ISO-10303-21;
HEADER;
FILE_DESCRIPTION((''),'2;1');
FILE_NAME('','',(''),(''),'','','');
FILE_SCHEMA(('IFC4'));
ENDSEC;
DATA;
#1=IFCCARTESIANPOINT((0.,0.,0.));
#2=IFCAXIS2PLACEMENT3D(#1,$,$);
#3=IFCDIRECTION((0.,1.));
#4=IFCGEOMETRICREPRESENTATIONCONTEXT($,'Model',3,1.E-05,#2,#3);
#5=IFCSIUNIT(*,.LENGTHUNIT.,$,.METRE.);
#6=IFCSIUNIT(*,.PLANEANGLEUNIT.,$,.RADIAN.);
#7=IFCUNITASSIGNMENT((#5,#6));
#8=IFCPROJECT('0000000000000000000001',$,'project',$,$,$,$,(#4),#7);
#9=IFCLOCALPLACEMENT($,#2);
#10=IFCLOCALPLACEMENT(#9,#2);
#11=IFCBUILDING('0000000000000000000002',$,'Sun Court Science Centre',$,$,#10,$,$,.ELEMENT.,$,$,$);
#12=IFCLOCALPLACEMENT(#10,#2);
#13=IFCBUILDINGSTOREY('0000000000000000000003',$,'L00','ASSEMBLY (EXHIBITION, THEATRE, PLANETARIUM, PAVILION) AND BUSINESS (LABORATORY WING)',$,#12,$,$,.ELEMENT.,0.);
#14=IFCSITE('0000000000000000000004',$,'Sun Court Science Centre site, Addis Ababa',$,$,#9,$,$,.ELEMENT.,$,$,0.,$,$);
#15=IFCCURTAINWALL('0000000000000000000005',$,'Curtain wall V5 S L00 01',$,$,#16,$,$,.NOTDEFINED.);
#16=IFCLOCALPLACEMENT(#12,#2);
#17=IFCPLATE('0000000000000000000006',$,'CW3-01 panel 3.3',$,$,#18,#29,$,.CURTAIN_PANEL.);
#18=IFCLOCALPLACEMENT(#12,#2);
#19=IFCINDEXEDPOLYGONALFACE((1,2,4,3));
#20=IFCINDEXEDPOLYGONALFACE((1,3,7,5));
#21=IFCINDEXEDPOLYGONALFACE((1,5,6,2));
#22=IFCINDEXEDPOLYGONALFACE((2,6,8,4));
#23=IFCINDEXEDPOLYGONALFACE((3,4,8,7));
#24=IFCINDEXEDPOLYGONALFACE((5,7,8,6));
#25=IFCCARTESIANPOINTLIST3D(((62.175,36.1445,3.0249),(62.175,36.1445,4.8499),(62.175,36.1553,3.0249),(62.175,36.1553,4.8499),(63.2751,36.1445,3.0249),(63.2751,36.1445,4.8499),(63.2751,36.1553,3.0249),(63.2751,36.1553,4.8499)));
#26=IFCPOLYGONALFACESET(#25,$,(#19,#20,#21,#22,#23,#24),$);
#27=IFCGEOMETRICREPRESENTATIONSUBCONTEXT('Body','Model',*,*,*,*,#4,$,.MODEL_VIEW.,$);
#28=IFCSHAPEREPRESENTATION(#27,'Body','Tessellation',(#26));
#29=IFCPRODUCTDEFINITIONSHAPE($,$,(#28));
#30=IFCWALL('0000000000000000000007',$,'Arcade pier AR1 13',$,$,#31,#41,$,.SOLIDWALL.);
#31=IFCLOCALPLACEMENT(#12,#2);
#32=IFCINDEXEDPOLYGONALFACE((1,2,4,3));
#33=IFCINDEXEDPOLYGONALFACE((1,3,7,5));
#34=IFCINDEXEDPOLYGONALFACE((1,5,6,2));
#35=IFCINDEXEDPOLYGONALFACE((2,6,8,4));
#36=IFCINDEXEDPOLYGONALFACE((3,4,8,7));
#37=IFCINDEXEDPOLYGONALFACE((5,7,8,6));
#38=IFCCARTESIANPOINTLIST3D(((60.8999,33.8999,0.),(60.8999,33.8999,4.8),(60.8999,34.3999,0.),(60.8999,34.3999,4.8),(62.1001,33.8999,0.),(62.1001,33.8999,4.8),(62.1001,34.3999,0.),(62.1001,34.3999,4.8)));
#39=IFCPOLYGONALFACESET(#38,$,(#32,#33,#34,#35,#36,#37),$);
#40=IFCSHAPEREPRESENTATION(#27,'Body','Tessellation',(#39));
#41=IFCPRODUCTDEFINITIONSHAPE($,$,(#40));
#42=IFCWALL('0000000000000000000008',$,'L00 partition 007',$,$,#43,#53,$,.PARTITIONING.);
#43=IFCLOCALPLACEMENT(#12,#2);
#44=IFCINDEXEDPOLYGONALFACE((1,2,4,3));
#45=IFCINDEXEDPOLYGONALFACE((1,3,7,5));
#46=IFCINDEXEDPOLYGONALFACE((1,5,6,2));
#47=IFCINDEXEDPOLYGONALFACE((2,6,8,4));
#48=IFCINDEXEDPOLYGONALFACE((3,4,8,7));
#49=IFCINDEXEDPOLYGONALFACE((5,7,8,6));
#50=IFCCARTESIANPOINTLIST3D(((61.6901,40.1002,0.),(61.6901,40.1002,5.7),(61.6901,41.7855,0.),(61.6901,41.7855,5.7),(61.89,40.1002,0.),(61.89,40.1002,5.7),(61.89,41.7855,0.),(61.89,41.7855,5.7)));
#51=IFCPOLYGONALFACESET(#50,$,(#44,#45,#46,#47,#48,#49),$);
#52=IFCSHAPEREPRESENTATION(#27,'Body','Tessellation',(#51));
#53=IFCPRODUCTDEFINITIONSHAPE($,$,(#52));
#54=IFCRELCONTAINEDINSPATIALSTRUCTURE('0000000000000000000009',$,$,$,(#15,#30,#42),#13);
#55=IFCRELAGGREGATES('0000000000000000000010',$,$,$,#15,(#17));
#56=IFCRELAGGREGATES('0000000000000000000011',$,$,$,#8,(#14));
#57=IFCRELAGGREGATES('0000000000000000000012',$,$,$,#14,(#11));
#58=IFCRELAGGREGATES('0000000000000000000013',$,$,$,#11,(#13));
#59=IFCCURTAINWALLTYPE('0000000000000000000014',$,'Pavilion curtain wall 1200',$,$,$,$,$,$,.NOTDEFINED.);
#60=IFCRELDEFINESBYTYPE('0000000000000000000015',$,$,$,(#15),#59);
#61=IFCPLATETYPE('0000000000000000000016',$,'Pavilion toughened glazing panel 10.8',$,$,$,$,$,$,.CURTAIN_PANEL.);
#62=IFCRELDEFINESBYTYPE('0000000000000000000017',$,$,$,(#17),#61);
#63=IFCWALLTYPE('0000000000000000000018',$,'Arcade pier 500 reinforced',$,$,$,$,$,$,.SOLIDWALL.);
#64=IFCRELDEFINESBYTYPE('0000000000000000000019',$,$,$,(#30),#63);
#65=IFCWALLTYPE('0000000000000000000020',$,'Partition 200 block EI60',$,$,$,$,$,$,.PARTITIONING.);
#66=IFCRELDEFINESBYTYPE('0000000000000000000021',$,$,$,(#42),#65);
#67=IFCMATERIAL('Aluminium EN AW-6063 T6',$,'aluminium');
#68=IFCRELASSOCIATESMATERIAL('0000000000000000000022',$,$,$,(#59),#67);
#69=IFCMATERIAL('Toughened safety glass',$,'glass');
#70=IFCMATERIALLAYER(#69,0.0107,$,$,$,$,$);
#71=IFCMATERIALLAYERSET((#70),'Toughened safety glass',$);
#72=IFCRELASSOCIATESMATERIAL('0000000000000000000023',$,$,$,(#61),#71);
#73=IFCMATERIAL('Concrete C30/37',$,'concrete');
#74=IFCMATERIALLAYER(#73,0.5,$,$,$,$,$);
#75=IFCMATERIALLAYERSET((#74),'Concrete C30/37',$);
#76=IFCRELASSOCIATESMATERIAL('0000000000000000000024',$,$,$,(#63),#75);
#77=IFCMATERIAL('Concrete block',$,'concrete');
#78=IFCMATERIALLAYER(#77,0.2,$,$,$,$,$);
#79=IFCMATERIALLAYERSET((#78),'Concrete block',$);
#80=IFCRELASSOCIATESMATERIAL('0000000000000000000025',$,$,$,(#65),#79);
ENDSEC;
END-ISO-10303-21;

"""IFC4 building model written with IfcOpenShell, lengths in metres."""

from ifc_helpers import new_model, si_unit, direction, frame, frame_2d, origin, origin_2d, place, context, subcontext, project, spatial, rectangle, extrude, material, layer, layer_set, type_object, element, aggregate, save


model = new_model("IFC4")

# Units and contexts
model_context = context("Model", 3, precision=1e-05, world=origin(), true_north=direction((0.0, 1.0)))
body_context = subcontext(model_context, "Body", "Model", "MODEL_VIEW")
ifc_project = project(units=[si_unit("LENGTHUNIT", "METRE"), si_unit("PLANEANGLEUNIT", "RADIAN")], contexts=[model_context])

# Site, building, storey
site_placement = place(None, origin())
site = spatial("IfcSite", under=ifc_project, at=site_placement, Name="Sun Court Science Centre site, Addis Ababa", CompositionType="ELEMENT", RefElevation=0.0)
building_placement = place(site_placement, origin())
building = spatial("IfcBuilding", under=site, at=building_placement, Name="Sun Court Science Centre", CompositionType="ELEMENT")
storey_placement = place(building_placement, origin())
storey = spatial("IfcBuildingStorey", under=building, at=storey_placement, Name="L00", Description="ASSEMBLY (EXHIBITION, THEATRE, PLANETARIUM, PAVILION) AND BUSINESS (LABORATORY WING)", CompositionType="ELEMENT", Elevation=0.0)

# Curtain wall, plate
ifc_material_1 = material(Name="Aluminium EN AW-6063 T6", Category="aluminium")
curtain_wall_type = type_object("IfcCurtainWallType", Name="Pavilion curtain wall 1200", PredefinedType="NOTDEFINED", material=ifc_material_1)
curtain_wall_placement = place(storey_placement, origin())
curtain_wall = element("IfcCurtainWall", 1, at=curtain_wall_placement, inside=storey, type_object=curtain_wall_type, Name="Curtain wall V5 S L00 01", PredefinedType="NOTDEFINED")
ifc_material_2 = material(Name="Toughened safety glass", Category="glass")
ifc_layer_1 = layer(ifc_material_2, 0.0107)
ifc_layer_set_1 = layer_set([ifc_layer_1], Name="Toughened safety glass")
plate_type = type_object("IfcPlateType", Name="Pavilion toughened glazing panel 10.8", PredefinedType="CURTAIN_PANEL", material=ifc_layer_set_1)
plate_1_placement = place(storey_placement, frame((62.7251, 36.1499, 3.0249), z_axis=(0.0, 0.0, 1.0), x_axis=(-1.0, 0.0, 0.0)))
plate_1 = element("IfcPlate", 2, at=plate_1_placement, type_object=plate_type, Name="CW3-01 panel 3.3", PredefinedType="CURTAIN_PANEL", context=body_context, shape_type="SweptSolid", body=[
    extrude(rectangle(XDim=1.1001, YDim=0.0107, at=origin_2d()), origin(), (0.0, 0.0, 1.0), 1.825),
])
aggregate(curtain_wall, [plate_1])

# Walls
ifc_material_3 = material(Name="Concrete C30/37", Category="concrete")
ifc_layer_2 = layer(ifc_material_3, 0.5)
ifc_layer_set_2 = layer_set([ifc_layer_2], Name="Concrete C30/37")
wall_type_1 = type_object("IfcWallType", Name="Arcade pier 500 reinforced", PredefinedType="SOLIDWALL", material=ifc_layer_set_2)
wall_1_placement = place(storey_placement, frame((60.8999, 34.1499, 0.0), z_axis=(0.0, 0.0, 1.0), x_axis=(1.0, 0.0, 0.0)))
element("IfcWall", 3, at=wall_1_placement, inside=storey, type_object=wall_type_1, Name="Arcade pier AR1 13", PredefinedType="SOLIDWALL", context=body_context, shape_type="SweptSolid", body=[
    extrude(rectangle(XDim=1.2002, YDim=0.5, at=frame_2d((0.6001, 0.0))), origin(), (0.0, 0.0, 1.0), 4.8),
])
ifc_material_4 = material(Name="Concrete block", Category="concrete")
ifc_layer_3 = layer(ifc_material_4, 0.2)
ifc_layer_set_3 = layer_set([ifc_layer_3], Name="Concrete block")
wall_type_2 = type_object("IfcWallType", Name="Partition 200 block EI60", PredefinedType="PARTITIONING", material=ifc_layer_set_3)
wall_2_placement = place(storey_placement, frame((61.79, 40.1001, 0.0), z_axis=(0.0, 0.0, 1.0), x_axis=(0.0, 1.0, 0.0)))
element("IfcWall", 4, at=wall_2_placement, inside=storey, type_object=wall_type_2, Name="L00 partition 007", PredefinedType="PARTITIONING", context=body_context, shape_type="SweptSolid", body=[
    extrude(rectangle(XDim=1.6853, YDim=0.2, at=frame_2d((0.8428, 0.0))), origin(), (0.0, 0.0, 1.0), 5.7),
])

save(model, "model.ifc")
